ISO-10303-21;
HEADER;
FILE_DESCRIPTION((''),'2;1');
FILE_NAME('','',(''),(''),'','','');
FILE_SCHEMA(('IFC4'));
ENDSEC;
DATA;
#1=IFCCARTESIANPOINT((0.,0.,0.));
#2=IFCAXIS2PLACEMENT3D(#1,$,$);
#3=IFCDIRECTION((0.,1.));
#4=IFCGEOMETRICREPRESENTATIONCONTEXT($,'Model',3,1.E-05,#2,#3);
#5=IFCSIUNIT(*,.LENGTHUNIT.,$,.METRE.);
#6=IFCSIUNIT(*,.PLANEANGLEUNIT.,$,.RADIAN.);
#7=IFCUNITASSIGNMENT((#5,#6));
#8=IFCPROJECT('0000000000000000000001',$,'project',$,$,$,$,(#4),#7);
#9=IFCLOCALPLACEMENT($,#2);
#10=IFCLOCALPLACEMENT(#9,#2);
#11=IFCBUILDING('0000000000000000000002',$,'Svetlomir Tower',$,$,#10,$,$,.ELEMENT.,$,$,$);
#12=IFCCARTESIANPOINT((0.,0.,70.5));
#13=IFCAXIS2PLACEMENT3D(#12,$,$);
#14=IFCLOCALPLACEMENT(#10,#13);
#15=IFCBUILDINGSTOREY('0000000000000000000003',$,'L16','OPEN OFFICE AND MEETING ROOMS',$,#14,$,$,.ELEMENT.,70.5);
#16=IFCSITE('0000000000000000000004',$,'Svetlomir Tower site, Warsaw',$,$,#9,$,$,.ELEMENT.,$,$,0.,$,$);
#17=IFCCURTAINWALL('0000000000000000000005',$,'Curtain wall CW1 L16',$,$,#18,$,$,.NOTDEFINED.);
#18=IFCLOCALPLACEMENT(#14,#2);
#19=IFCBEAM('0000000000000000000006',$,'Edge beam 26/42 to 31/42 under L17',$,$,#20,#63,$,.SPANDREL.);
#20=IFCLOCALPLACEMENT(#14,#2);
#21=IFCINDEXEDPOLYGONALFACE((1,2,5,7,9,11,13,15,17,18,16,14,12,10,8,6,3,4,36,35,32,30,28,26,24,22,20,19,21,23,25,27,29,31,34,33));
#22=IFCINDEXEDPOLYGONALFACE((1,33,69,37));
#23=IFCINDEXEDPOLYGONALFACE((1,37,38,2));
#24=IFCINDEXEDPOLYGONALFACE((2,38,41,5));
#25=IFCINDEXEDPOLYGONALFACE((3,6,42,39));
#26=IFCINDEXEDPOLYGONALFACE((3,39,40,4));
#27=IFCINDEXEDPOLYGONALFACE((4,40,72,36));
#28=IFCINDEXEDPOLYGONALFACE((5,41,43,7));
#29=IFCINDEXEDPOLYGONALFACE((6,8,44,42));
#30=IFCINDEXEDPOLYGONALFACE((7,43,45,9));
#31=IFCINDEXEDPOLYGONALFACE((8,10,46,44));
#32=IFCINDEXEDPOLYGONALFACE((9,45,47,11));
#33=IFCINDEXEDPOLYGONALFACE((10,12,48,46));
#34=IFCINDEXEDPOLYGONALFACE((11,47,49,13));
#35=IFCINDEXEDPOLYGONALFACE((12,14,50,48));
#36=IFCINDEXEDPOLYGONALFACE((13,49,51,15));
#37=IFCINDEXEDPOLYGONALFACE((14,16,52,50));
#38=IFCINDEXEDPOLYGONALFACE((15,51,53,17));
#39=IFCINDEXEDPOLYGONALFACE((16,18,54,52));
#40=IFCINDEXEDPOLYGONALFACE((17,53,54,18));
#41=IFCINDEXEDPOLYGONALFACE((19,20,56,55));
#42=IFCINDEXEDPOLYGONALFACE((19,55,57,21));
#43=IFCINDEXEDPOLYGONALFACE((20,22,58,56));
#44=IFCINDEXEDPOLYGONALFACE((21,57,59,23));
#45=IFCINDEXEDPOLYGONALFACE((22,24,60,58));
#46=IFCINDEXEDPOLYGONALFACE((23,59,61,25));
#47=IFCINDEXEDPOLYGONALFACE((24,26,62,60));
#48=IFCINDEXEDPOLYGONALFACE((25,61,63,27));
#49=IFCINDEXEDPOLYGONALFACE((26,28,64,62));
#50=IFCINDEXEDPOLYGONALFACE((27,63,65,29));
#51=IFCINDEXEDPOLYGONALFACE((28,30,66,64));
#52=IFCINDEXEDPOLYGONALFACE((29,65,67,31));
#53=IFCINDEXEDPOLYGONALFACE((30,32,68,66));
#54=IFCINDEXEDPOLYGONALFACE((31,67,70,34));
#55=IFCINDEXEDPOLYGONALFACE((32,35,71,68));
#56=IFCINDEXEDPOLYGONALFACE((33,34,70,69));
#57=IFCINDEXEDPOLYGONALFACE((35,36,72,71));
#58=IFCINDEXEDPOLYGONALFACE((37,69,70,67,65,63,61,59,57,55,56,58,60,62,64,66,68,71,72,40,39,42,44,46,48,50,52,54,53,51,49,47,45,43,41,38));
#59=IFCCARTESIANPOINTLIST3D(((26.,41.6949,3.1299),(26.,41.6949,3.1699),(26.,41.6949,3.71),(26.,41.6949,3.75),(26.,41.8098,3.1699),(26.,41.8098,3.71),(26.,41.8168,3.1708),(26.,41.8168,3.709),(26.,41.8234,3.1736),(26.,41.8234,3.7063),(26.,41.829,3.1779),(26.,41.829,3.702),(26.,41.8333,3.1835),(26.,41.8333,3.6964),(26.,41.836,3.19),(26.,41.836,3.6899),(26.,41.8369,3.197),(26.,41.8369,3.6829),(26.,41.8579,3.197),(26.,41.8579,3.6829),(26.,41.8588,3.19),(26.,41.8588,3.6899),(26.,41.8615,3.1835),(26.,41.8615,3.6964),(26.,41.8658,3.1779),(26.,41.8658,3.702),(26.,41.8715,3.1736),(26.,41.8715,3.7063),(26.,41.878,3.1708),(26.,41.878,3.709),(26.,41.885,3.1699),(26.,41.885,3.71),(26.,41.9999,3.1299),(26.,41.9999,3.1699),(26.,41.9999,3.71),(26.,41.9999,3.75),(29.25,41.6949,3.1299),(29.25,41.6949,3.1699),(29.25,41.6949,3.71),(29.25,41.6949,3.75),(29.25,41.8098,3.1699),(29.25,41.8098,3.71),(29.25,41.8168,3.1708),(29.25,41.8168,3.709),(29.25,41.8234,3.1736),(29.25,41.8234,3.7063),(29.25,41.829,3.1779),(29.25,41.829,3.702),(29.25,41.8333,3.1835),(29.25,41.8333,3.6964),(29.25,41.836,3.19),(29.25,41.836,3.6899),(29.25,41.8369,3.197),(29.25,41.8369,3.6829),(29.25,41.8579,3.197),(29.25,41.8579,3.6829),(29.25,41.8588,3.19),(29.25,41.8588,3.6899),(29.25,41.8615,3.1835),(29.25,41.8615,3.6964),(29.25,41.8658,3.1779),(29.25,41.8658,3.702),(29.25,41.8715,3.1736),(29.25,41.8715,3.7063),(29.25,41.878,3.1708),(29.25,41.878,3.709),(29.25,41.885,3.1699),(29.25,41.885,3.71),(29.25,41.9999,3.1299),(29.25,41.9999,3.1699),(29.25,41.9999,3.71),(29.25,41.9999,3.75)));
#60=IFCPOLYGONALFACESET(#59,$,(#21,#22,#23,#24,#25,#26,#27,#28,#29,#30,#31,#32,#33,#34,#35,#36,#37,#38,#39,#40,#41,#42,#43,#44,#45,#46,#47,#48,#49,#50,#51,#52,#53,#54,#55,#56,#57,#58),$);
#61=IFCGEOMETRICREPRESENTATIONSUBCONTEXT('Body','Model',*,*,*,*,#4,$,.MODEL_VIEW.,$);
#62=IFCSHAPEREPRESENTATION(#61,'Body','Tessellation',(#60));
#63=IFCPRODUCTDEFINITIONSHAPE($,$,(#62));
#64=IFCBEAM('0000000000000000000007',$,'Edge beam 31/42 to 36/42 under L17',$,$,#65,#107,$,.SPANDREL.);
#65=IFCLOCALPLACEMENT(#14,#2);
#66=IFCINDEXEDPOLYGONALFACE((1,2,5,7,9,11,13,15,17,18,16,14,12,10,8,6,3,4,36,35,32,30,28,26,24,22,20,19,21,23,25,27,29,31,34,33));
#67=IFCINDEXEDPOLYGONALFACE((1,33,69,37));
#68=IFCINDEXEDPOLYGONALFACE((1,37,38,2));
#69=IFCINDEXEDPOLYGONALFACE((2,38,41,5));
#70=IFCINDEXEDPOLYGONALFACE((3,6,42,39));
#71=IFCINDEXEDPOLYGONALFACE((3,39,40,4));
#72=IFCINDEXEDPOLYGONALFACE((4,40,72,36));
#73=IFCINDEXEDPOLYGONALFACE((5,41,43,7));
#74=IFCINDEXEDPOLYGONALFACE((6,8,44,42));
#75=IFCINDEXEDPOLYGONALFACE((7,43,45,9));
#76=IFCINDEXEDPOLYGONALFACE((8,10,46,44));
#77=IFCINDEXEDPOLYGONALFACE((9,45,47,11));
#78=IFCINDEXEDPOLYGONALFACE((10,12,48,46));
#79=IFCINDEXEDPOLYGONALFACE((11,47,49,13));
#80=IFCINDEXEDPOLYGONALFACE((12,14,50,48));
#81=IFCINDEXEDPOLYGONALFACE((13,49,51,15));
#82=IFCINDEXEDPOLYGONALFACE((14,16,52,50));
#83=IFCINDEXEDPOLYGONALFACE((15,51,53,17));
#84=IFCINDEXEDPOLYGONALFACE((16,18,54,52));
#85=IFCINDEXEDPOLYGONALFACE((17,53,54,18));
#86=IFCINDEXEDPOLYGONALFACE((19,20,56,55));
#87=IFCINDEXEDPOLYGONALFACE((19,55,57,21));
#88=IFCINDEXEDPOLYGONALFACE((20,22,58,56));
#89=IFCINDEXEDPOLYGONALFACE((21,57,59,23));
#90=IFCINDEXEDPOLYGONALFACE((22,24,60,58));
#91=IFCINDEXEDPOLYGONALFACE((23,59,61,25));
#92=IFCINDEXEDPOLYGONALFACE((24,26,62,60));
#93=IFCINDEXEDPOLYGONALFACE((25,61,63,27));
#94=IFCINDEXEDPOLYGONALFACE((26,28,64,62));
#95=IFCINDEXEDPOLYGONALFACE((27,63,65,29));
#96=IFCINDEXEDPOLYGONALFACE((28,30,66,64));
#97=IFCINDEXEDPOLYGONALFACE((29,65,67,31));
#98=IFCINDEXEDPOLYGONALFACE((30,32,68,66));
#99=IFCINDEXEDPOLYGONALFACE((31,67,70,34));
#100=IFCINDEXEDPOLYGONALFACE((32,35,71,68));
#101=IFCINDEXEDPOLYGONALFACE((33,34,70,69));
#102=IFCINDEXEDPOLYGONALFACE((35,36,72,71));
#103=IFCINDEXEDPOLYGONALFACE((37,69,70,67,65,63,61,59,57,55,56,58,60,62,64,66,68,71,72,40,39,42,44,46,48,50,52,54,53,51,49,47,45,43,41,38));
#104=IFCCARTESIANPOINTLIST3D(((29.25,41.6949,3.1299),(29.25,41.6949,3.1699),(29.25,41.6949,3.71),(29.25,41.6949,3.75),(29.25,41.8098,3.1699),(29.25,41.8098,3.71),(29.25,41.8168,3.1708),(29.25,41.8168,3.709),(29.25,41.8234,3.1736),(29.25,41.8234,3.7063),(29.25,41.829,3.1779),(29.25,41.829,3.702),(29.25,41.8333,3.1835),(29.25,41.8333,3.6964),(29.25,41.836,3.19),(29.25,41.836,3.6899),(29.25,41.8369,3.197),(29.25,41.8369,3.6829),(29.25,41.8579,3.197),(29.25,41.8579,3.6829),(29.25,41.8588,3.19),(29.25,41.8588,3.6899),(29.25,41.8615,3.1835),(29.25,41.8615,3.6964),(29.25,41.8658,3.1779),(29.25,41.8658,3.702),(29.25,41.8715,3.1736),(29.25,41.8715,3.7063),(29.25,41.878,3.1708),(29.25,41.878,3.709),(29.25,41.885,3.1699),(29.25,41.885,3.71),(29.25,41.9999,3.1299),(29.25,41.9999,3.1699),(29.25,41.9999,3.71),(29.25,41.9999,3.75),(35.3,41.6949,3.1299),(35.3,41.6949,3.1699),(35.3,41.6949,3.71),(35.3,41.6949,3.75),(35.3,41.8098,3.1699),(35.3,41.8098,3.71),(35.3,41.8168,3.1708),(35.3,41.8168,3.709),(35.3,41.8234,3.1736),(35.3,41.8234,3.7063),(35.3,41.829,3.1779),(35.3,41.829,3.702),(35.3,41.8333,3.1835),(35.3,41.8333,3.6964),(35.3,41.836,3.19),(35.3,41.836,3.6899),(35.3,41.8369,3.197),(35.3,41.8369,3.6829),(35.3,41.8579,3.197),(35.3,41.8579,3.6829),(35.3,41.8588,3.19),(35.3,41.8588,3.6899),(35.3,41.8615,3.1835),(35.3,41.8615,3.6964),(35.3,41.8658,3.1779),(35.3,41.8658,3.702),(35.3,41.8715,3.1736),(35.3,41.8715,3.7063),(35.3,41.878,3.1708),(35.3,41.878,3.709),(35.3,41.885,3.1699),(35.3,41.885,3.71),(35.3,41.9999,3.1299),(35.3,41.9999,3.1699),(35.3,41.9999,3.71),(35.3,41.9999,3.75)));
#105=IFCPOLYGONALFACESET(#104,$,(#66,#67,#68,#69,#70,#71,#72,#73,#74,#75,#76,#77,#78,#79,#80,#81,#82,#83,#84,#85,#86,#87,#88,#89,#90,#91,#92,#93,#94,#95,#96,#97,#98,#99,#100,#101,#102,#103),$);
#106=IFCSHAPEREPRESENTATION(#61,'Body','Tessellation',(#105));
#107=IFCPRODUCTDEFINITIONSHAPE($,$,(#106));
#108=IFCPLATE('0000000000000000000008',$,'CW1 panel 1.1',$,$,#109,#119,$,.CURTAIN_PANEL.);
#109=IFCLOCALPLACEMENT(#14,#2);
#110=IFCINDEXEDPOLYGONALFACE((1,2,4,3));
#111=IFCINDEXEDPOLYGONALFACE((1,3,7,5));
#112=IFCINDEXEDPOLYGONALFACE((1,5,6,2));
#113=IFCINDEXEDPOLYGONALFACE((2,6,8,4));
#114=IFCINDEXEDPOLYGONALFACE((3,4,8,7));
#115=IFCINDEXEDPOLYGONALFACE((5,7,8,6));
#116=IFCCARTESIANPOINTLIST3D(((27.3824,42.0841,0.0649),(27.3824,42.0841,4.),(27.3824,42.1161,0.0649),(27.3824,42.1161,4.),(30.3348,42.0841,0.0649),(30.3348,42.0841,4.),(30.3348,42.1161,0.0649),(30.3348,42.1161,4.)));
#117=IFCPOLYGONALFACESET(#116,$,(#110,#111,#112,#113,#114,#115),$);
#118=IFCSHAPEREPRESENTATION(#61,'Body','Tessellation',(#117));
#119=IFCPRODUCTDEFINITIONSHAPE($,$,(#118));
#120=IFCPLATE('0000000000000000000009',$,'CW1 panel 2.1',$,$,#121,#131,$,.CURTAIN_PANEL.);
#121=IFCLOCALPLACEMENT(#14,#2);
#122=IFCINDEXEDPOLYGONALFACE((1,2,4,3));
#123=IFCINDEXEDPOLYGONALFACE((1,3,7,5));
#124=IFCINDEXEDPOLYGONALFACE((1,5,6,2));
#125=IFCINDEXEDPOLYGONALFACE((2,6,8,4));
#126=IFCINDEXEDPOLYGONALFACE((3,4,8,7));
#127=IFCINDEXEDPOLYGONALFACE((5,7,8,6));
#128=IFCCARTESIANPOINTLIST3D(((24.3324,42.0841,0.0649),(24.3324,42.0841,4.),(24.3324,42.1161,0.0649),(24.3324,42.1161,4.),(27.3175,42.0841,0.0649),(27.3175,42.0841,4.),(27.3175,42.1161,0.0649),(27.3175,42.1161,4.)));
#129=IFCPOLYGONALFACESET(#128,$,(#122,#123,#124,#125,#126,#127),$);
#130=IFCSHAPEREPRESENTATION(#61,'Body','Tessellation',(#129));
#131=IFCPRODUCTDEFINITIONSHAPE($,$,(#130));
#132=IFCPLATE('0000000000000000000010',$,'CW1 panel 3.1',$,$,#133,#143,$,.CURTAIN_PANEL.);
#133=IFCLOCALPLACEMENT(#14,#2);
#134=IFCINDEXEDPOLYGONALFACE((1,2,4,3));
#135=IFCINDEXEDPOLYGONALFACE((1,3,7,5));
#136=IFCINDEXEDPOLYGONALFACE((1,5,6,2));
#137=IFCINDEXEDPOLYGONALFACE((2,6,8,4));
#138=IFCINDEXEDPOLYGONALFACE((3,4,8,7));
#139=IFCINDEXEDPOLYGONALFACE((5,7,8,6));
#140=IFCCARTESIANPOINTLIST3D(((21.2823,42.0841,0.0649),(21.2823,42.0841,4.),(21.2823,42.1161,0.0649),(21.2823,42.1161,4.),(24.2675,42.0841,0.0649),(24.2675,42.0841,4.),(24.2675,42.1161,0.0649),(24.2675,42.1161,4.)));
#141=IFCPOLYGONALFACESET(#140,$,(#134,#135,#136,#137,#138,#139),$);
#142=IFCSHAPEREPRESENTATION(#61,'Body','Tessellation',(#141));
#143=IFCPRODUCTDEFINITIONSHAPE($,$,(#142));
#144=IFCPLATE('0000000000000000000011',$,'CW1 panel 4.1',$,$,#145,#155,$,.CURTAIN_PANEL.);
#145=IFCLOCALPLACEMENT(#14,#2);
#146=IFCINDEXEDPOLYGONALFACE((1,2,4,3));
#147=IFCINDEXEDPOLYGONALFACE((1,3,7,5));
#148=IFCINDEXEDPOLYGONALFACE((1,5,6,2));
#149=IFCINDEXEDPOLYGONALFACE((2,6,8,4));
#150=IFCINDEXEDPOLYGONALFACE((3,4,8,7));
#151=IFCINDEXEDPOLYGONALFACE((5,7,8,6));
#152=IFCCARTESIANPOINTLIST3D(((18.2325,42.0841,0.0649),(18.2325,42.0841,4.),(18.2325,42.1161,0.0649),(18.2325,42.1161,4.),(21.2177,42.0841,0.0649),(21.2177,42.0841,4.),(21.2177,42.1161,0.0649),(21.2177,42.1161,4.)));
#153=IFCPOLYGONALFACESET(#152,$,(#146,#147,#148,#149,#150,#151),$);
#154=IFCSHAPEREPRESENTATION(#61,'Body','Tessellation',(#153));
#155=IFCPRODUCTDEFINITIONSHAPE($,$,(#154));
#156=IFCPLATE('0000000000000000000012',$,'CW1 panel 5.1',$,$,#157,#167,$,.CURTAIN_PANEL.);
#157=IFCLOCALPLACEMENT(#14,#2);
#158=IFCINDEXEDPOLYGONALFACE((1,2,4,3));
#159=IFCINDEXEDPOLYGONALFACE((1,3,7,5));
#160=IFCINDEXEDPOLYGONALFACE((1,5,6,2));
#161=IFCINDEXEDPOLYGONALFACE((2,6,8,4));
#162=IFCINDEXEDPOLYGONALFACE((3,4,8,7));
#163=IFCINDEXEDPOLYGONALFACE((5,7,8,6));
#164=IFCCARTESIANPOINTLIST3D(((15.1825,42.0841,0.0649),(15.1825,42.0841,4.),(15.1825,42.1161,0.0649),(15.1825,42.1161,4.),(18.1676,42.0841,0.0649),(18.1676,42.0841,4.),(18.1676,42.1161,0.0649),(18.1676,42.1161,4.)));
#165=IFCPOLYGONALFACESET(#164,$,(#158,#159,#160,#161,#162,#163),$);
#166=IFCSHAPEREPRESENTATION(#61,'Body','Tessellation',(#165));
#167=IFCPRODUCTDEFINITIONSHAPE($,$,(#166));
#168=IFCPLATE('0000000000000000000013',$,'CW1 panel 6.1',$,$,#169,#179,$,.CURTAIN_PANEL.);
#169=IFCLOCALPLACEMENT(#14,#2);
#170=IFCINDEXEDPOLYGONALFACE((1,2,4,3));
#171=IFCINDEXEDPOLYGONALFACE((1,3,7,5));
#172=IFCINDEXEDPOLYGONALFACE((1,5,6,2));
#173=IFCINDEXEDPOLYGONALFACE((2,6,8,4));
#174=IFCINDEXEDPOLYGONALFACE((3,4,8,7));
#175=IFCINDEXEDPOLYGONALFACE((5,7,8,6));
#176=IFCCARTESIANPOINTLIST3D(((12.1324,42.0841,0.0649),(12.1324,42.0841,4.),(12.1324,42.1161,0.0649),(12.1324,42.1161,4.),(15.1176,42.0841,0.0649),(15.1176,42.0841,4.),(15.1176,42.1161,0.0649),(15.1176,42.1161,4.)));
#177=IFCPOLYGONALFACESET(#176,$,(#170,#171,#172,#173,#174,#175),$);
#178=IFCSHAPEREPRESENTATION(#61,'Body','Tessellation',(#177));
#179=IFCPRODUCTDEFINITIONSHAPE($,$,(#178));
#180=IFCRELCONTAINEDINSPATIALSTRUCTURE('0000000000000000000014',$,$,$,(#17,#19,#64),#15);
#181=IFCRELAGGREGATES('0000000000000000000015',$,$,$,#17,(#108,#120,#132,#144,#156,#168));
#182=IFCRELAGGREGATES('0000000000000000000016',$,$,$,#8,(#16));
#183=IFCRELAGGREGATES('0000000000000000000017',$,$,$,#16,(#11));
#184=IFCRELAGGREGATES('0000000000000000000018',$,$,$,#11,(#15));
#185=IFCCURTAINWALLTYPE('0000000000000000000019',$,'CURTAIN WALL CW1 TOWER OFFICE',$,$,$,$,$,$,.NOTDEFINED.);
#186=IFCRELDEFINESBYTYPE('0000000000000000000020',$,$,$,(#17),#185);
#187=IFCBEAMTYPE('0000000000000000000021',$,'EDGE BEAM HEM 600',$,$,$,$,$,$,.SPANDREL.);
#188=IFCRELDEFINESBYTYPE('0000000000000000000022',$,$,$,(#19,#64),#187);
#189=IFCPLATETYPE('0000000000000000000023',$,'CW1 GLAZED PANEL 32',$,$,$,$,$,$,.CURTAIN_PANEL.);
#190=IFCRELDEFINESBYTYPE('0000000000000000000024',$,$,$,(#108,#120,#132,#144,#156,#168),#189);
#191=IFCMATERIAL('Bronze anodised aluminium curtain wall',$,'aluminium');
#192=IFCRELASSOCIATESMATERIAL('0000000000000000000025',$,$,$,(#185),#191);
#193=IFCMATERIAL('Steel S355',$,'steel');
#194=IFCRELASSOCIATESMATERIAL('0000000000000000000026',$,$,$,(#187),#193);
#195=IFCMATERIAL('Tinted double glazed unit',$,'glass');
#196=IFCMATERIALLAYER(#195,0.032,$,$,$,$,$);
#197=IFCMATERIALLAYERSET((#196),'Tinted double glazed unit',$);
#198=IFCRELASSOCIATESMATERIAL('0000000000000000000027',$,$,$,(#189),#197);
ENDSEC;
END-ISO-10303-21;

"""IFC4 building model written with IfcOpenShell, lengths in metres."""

from ifc_helpers import new_model, si_unit, direction, frame, origin, origin_2d, place, context, subcontext, project, spatial, rectangle, i_section, extrude, material, layer, layer_set, material_profile, profile_set, type_object, element, aggregate, save


model = new_model("IFC4")

# Units and contexts
model_context = context("Model", 3, precision=1e-05, world=origin(), true_north=direction((0.0, 1.0)))
body_context = subcontext(model_context, "Body", "Model", "MODEL_VIEW")
ifc_project = project(units=[si_unit("LENGTHUNIT", "METRE"), si_unit("PLANEANGLEUNIT", "RADIAN")], contexts=[model_context])

# Site, building, storey
site_placement = place(None, origin())
site = spatial("IfcSite", under=ifc_project, at=site_placement, Name="Svetlomir Tower site, Warsaw", CompositionType="ELEMENT", RefElevation=0.0)
building_placement = place(site_placement, origin())
building = spatial("IfcBuilding", under=site, at=building_placement, Name="Svetlomir Tower", CompositionType="ELEMENT")
storey_placement = place(building_placement, frame((0.0, 0.0, 70.5)))
storey = spatial("IfcBuildingStorey", under=building, at=storey_placement, Name="L16", Description="OPEN OFFICE AND MEETING ROOMS", CompositionType="ELEMENT", Elevation=70.5)

# Curtain wall
ifc_material_1 = material(Name="Bronze anodised aluminium curtain wall", Category="aluminium")
curtain_wall_type = type_object("IfcCurtainWallType", Name="CURTAIN WALL CW1 TOWER OFFICE", PredefinedType="NOTDEFINED", material=ifc_material_1)
curtain_wall_placement = place(storey_placement, origin())
curtain_wall = element("IfcCurtainWall", 1, at=curtain_wall_placement, inside=storey, type_object=curtain_wall_type, Name="Curtain wall CW1 L16", PredefinedType="NOTDEFINED")

# Beams
ifc_material_2 = material(Name="Steel S355", Category="steel")
ifc_material_profile_1 = material_profile(ifc_material_2, i_section(OverallWidth=0.3049, OverallDepth=0.6201, WebThickness=0.021, FlangeThickness=0.04, FilletRadius=0.0271, at=origin_2d()), Name="HEM 600")
ifc_profile_set_1 = profile_set([ifc_material_profile_1], Name="Steel S355")
beam_type_1 = type_object("IfcBeamType", Name="EDGE BEAM HEM 600", PredefinedType="SPANDREL", material=ifc_profile_set_1)
beam_1_placement = place(storey_placement, frame((26.0, 41.8474, 3.4399), z_axis=(1.0, 0.0, 0.0), x_axis=(0.0, 1.0, 0.0)))
element("IfcBeam", 2, at=beam_1_placement, inside=storey, type_object=beam_type_1, Name="Edge beam 26/42 to 31/42 under L17", PredefinedType="SPANDREL", context=body_context, shape_type="SweptSolid", body=[
    extrude(i_section(OverallWidth=0.3049, OverallDepth=0.6201, WebThickness=0.021, FlangeThickness=0.04, FilletRadius=0.0271, at=origin_2d()), origin(), (0.0, 0.0, 1.0), 3.25),
])
beam_2_placement = place(storey_placement, frame((29.25, 41.8474, 3.4399), z_axis=(1.0, 0.0, 0.0), x_axis=(0.0, 1.0, 0.0)))
element("IfcBeam", 3, at=beam_2_placement, inside=storey, type_object=beam_type_1, Name="Edge beam 31/42 to 36/42 under L17", PredefinedType="SPANDREL", context=body_context, shape_type="SweptSolid", body=[
    extrude(i_section(OverallWidth=0.3049, OverallDepth=0.6201, WebThickness=0.021, FlangeThickness=0.04, FilletRadius=0.0271, at=origin_2d()), origin(), (0.0, 0.0, 1.0), 6.05),
])

# Plates
ifc_material_3 = material(Name="Tinted double glazed unit", Category="glass")
ifc_layer = layer(ifc_material_3, 0.032)
ifc_layer_set = layer_set([ifc_layer], Name="Tinted double glazed unit")
plate_type = type_object("IfcPlateType", Name="CW1 GLAZED PANEL 32", PredefinedType="CURTAIN_PANEL", material=ifc_layer_set)
plate_1_placement = place(storey_placement, frame((28.8586, 42.1001, 0.0649), z_axis=(0.0, 0.0, 1.0), x_axis=(-1.0, 0.0, 0.0)))
plate_1 = element("IfcPlate", 4, at=plate_1_placement, type_object=plate_type, Name="CW1 panel 1.1", PredefinedType="CURTAIN_PANEL", context=body_context, shape_type="SweptSolid", body=[
    extrude(rectangle(XDim=2.9524, YDim=0.032, at=origin_2d()), origin(), (0.0, 0.0, 1.0), 3.9351),
])
plate_2_placement = place(storey_placement, frame((25.825, 42.1001, 0.0649), z_axis=(0.0, 0.0, 1.0), x_axis=(-1.0, 0.0, 0.0)))
plate_2 = element("IfcPlate", 5, at=plate_2_placement, type_object=plate_type, Name="CW1 panel 2.1", PredefinedType="CURTAIN_PANEL", context=body_context, shape_type="SweptSolid", body=[
    extrude(rectangle(XDim=2.9851, YDim=0.032, at=origin_2d()), origin(), (0.0, 0.0, 1.0), 3.9351),
])
plate_3_placement = place(storey_placement, frame((22.7749, 42.1001, 0.0649), z_axis=(0.0, 0.0, 1.0), x_axis=(-1.0, 0.0, 0.0)))
plate_3 = element("IfcPlate", 6, at=plate_3_placement, type_object=plate_type, Name="CW1 panel 3.1", PredefinedType="CURTAIN_PANEL", context=body_context, shape_type="SweptSolid", body=[
    extrude(rectangle(XDim=2.9851, YDim=0.032, at=origin_2d()), origin(), (0.0, 0.0, 1.0), 3.9351),
])
plate_4_placement = place(storey_placement, frame((19.7251, 42.1001, 0.0649), z_axis=(0.0, 0.0, 1.0), x_axis=(-1.0, 0.0, 0.0)))
plate_4 = element("IfcPlate", 7, at=plate_4_placement, type_object=plate_type, Name="CW1 panel 4.1", PredefinedType="CURTAIN_PANEL", context=body_context, shape_type="SweptSolid", body=[
    extrude(rectangle(XDim=2.9851, YDim=0.032, at=origin_2d()), origin(), (0.0, 0.0, 1.0), 3.9351),
])
plate_5_placement = place(storey_placement, frame((16.675, 42.1001, 0.0649), z_axis=(0.0, 0.0, 1.0), x_axis=(-1.0, 0.0, 0.0)))
plate_5 = element("IfcPlate", 8, at=plate_5_placement, type_object=plate_type, Name="CW1 panel 5.1", PredefinedType="CURTAIN_PANEL", context=body_context, shape_type="SweptSolid", body=[
    extrude(rectangle(XDim=2.9851, YDim=0.032, at=origin_2d()), origin(), (0.0, 0.0, 1.0), 3.9351),
])
plate_6_placement = place(storey_placement, frame((13.625, 42.1001, 0.0649), z_axis=(0.0, 0.0, 1.0), x_axis=(-1.0, 0.0, 0.0)))
plate_6 = element("IfcPlate", 9, at=plate_6_placement, type_object=plate_type, Name="CW1 panel 6.1", PredefinedType="CURTAIN_PANEL", context=body_context, shape_type="SweptSolid", body=[
    extrude(rectangle(XDim=2.9851, YDim=0.032, at=origin_2d()), origin(), (0.0, 0.0, 1.0), 3.9351),
])
aggregate(curtain_wall, [plate_1, plate_2, plate_3, plate_4, plate_5, plate_6])

save(model, "model.ifc")
